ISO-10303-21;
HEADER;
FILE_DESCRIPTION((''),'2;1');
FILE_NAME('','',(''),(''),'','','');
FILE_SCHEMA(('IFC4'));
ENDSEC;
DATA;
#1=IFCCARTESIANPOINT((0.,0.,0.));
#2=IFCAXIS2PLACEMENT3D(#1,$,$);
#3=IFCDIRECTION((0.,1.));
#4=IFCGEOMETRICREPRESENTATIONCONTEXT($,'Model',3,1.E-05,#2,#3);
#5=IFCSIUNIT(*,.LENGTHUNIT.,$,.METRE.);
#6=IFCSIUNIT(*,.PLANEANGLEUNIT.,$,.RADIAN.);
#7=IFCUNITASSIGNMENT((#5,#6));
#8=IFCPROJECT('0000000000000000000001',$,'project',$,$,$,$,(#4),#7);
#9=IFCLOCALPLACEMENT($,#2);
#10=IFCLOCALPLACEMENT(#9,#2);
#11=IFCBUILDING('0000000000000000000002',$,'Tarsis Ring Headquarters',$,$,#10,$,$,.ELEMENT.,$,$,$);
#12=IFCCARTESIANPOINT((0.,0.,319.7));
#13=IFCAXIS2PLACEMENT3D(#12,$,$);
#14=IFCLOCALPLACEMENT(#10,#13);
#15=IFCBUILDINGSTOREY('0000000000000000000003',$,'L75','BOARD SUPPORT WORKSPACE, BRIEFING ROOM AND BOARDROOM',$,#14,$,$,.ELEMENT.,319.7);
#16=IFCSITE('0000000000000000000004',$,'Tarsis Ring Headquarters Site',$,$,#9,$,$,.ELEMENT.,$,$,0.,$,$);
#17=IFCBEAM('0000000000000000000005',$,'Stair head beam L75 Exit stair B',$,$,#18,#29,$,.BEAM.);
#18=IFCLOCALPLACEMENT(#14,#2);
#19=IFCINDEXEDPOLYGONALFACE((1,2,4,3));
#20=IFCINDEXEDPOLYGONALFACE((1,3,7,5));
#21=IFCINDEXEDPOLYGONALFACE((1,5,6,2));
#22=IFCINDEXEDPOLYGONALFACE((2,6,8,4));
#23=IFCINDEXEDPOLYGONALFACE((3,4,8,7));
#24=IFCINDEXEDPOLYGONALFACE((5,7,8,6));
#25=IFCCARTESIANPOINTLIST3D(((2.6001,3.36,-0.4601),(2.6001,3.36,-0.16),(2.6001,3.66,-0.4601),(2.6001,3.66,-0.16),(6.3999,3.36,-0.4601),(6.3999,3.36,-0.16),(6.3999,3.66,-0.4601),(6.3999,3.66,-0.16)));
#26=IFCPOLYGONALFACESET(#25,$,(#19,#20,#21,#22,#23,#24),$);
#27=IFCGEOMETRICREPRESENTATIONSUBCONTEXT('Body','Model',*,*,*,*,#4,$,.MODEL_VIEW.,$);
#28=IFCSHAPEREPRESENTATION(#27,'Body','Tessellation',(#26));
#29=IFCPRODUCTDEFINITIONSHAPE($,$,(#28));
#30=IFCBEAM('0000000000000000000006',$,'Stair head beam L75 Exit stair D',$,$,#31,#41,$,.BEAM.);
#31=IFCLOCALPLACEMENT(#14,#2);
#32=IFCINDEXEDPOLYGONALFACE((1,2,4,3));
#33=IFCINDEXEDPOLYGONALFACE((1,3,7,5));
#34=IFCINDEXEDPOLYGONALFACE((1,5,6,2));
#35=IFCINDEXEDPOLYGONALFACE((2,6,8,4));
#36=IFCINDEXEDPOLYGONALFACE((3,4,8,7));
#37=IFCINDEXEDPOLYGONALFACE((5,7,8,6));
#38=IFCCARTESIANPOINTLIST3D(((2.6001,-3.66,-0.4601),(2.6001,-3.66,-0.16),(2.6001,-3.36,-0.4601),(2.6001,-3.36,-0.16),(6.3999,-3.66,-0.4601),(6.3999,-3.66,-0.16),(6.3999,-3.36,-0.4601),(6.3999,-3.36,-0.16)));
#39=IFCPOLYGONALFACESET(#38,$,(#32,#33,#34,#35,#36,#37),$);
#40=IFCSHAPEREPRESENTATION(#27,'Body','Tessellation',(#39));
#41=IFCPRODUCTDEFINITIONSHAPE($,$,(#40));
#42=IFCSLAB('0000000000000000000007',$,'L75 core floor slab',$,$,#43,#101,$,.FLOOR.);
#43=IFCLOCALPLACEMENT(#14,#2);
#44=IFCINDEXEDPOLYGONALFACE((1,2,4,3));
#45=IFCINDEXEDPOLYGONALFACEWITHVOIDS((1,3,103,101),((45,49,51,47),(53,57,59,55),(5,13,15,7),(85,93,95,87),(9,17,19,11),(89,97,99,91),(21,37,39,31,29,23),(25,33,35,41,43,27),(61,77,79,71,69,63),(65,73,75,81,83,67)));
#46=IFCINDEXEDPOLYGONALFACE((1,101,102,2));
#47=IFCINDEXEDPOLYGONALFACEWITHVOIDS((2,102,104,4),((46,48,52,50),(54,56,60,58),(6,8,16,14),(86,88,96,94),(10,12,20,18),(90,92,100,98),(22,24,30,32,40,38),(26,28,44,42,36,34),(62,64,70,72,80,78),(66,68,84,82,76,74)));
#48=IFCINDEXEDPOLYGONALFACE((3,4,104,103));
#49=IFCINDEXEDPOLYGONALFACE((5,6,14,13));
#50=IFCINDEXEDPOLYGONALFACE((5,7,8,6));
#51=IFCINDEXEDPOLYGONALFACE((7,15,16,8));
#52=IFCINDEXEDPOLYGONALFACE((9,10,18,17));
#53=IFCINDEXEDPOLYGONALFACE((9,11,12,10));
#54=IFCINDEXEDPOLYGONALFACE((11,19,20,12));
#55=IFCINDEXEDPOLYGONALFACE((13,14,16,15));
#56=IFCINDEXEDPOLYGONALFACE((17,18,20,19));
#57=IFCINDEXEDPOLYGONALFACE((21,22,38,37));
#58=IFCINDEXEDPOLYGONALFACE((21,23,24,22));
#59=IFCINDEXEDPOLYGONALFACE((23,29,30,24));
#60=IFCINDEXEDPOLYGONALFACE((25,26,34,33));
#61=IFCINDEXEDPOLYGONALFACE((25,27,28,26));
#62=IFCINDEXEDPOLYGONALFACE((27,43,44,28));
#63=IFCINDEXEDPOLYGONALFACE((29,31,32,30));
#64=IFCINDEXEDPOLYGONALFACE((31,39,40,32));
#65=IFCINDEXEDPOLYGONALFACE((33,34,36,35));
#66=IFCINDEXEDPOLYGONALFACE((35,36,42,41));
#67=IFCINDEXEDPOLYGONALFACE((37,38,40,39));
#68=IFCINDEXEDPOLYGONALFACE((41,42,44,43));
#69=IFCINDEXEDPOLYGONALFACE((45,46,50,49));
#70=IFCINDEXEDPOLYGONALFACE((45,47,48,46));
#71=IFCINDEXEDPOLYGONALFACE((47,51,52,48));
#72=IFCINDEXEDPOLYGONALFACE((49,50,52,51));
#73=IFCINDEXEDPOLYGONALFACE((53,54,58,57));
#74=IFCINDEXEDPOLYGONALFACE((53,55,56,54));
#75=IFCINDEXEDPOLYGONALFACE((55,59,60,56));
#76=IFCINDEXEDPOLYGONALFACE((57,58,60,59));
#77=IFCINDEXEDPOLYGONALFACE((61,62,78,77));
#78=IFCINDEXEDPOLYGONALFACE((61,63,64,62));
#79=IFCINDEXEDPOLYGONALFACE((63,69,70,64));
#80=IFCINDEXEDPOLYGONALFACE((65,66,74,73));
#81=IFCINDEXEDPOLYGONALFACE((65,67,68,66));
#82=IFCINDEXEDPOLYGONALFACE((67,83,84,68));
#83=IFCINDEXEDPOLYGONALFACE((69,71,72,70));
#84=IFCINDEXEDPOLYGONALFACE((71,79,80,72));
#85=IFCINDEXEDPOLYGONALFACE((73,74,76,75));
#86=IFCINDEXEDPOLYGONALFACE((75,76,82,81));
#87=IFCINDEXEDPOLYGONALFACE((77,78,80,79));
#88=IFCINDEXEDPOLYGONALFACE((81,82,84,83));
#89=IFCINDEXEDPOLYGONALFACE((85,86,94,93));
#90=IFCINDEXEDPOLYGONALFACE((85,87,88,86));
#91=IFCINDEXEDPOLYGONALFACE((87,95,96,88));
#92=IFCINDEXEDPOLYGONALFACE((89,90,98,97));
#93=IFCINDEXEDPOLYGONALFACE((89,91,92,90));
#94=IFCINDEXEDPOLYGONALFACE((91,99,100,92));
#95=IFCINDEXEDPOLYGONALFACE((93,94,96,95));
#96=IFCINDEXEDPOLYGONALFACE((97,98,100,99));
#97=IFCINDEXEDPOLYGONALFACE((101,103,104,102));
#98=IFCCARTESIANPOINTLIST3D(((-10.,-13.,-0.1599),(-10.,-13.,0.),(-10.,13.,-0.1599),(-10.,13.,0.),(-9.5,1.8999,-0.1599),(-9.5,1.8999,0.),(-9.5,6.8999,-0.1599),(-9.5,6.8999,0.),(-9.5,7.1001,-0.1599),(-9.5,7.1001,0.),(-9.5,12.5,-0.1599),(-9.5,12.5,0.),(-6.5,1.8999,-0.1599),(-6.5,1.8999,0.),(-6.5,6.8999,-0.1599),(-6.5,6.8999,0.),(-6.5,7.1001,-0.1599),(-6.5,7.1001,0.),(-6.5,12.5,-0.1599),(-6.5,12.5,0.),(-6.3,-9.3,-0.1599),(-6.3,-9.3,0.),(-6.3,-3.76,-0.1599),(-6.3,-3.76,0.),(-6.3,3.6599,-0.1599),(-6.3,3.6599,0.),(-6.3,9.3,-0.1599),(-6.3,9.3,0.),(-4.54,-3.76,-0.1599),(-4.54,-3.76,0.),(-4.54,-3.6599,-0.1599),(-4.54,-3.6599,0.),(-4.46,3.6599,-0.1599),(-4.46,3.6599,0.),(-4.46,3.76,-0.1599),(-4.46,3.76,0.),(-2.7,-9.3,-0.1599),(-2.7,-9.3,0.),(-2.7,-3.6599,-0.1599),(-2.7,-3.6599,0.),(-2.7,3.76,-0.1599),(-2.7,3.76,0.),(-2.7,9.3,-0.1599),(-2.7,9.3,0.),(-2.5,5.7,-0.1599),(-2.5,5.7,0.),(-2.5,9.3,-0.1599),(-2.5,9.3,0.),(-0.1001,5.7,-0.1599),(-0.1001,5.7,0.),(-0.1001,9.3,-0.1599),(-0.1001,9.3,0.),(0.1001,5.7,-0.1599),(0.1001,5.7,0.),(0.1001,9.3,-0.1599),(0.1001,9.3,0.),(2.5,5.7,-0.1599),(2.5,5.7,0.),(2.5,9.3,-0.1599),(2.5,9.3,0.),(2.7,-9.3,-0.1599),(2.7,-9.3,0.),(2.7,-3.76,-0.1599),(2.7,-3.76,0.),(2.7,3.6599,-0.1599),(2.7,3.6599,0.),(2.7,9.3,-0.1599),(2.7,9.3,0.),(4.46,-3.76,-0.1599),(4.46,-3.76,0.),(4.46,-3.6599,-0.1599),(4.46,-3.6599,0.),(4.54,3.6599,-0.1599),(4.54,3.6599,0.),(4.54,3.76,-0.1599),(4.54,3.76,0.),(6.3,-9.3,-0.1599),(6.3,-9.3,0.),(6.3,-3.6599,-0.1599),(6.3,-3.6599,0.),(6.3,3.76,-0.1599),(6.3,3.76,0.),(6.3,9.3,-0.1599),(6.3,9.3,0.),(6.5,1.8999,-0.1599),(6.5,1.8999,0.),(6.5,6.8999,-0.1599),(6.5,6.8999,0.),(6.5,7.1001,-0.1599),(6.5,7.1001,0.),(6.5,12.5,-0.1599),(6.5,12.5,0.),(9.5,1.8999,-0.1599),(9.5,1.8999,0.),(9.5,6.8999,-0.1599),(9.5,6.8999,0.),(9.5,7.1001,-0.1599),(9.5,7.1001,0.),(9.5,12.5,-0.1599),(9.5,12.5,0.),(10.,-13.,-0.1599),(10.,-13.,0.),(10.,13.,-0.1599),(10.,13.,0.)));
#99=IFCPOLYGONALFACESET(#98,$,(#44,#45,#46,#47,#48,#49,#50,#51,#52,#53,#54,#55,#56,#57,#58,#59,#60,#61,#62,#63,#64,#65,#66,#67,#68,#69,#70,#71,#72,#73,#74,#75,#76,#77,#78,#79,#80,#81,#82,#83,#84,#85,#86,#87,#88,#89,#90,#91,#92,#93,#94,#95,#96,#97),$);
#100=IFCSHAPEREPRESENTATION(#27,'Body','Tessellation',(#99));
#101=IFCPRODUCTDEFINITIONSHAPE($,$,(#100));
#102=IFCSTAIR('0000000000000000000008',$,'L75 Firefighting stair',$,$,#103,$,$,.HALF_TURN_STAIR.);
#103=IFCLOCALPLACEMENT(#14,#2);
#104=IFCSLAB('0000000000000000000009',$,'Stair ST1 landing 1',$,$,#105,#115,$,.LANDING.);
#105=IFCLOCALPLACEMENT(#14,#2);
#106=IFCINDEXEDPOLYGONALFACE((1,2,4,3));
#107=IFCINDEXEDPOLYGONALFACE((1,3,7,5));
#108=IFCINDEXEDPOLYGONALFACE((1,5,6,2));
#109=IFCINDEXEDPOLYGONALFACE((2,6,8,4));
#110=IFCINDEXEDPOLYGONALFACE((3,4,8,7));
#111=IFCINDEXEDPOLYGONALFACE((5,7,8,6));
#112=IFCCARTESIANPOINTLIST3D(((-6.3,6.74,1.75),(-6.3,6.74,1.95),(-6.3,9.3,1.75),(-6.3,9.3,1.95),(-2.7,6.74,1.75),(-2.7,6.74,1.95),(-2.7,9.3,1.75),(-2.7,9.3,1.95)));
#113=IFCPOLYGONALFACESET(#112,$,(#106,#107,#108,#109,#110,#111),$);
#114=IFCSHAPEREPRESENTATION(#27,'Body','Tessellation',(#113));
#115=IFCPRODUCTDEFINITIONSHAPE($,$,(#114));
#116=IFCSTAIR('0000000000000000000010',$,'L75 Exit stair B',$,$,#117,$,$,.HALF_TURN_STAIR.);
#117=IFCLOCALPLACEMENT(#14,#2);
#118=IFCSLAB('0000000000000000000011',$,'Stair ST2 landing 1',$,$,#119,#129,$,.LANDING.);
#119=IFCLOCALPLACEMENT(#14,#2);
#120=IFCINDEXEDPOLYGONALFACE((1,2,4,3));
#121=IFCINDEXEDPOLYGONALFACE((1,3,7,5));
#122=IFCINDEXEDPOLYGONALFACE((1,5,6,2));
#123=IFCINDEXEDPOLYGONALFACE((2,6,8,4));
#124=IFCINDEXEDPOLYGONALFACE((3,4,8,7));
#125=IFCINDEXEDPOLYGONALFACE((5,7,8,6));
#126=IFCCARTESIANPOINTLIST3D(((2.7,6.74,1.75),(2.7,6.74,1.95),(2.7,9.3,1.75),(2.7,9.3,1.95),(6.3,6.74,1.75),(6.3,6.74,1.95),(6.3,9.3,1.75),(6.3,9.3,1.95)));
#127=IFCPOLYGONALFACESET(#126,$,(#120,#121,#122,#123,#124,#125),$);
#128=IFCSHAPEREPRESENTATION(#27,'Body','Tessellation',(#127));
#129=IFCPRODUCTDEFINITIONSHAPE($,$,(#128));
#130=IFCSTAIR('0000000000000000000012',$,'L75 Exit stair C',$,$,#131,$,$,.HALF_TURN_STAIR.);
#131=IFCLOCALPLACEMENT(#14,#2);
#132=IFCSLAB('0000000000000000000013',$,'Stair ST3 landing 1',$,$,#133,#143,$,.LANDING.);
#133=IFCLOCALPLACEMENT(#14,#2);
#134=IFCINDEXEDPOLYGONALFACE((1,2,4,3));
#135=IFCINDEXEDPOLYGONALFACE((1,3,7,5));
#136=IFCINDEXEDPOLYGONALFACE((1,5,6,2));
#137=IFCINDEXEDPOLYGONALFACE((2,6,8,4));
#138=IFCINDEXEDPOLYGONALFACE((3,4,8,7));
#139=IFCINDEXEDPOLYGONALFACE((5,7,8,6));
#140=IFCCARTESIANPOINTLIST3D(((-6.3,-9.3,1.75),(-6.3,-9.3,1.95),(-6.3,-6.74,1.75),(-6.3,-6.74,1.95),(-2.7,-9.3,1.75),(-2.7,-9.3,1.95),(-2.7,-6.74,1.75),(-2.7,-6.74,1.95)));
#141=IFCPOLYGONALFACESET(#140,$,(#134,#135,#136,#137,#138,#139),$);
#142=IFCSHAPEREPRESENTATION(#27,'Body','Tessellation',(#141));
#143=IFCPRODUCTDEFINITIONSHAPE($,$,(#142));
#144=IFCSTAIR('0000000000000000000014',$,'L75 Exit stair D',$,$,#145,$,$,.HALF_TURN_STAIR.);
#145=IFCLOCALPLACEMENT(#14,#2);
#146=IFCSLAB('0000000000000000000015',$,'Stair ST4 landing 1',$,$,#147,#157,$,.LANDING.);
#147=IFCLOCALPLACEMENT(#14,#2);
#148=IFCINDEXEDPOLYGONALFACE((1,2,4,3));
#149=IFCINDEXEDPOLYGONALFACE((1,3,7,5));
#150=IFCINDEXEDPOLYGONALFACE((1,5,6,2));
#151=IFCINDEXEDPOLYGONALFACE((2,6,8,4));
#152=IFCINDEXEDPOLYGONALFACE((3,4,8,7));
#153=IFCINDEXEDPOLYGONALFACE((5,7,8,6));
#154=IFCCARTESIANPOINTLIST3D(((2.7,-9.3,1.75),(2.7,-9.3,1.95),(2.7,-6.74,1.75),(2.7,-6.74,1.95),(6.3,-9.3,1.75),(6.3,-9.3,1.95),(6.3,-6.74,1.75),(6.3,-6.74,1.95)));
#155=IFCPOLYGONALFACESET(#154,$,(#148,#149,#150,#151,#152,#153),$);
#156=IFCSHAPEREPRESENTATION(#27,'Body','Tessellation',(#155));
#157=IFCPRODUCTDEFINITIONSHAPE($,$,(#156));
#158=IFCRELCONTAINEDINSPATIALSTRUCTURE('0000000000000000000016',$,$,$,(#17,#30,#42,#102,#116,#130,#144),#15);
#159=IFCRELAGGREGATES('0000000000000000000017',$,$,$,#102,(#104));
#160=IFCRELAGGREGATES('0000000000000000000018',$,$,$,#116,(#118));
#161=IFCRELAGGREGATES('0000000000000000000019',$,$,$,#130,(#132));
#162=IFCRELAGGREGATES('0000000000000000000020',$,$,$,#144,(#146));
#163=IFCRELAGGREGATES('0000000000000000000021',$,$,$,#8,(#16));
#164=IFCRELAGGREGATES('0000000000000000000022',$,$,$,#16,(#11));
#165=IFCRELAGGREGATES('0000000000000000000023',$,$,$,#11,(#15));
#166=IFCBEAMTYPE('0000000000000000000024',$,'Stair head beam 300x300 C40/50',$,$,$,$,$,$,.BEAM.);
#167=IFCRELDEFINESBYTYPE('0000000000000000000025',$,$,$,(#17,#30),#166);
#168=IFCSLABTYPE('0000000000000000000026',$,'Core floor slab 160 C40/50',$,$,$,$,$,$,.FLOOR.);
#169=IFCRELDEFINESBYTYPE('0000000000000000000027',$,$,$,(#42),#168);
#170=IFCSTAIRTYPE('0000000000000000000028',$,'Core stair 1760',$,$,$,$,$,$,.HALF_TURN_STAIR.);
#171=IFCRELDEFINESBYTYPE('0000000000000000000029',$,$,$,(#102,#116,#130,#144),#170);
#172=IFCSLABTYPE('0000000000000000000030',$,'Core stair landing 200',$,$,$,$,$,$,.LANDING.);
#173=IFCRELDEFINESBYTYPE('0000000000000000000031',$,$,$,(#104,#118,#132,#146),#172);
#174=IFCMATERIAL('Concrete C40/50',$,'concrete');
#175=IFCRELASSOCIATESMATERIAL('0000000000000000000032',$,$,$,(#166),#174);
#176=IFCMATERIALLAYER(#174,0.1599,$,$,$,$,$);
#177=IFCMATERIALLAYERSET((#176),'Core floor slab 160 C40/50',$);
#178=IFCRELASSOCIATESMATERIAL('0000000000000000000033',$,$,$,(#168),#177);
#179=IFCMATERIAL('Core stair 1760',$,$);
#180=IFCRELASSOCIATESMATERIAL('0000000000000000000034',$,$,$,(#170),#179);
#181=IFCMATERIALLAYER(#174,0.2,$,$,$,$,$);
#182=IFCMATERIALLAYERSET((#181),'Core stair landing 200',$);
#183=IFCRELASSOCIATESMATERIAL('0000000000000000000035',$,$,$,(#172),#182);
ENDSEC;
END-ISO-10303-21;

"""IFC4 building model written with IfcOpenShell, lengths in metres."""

from ifc_helpers import new_model, si_unit, direction, frame, origin, origin_2d, place, context, subcontext, project, spatial, polyline, rectangle, outline, extrude, material, layer, layer_set, material_profile, profile_set, type_object, element, aggregate, save


model = new_model("IFC4")

# Units and contexts
model_context = context("Model", 3, precision=1e-05, world=origin(), true_north=direction((0.0, 1.0)))
body_context = subcontext(model_context, "Body", "Model", "MODEL_VIEW")
ifc_project = project(units=[si_unit("LENGTHUNIT", "METRE"), si_unit("PLANEANGLEUNIT", "RADIAN")], contexts=[model_context])

# Site, building, storey
site_placement = place(None, origin())
site = spatial("IfcSite", under=ifc_project, at=site_placement, Name="Tarsis Ring Headquarters Site", CompositionType="ELEMENT", RefElevation=0.0)
building_placement = place(site_placement, origin())
building = spatial("IfcBuilding", under=site, at=building_placement, Name="Tarsis Ring Headquarters", CompositionType="ELEMENT")
storey_placement = place(building_placement, frame((0.0, 0.0, 319.7)))
storey = spatial("IfcBuildingStorey", under=building, at=storey_placement, Name="L75", Description="BOARD SUPPORT WORKSPACE, BRIEFING ROOM AND BOARDROOM", CompositionType="ELEMENT", Elevation=319.7)

# Beams
ifc_material_1 = material(Name="Concrete C40/50", Category="concrete")
ifc_material_profile = material_profile(ifc_material_1, rectangle(XDim=0.3, YDim=0.3, at=origin_2d()), Name="Stair head beam 300x300 C40/50")
ifc_profile_set = profile_set([ifc_material_profile], Name="Concrete C40/50")
beam_type = type_object("IfcBeamType", Name="Stair head beam 300x300 C40/50", PredefinedType="BEAM", material=ifc_profile_set)
for number, where, z_axis, x_axis, name in (
    (1, (2.6001, 3.51, -0.3101), (1.0, 0.0, 0.0), (0.0, 1.0, 0.0), "Stair head beam L75 Exit stair B"),
    (2, (2.6001, -3.51, -0.3101), (1.0, 0.0, 0.0), (0.0, 1.0, 0.0), "Stair head beam L75 Exit stair D"),
):
    element("IfcBeam", number, at=place(storey_placement, frame(where, z_axis=z_axis, x_axis=x_axis)), inside=storey, type_object=beam_type, Name=name, PredefinedType="BEAM", context=body_context, shape_type="SweptSolid", body=[
        extrude(rectangle(XDim=0.3, YDim=0.3, at=origin_2d()), origin(), (0.0, 0.0, 1.0), 3.7998),
    ])

# Slab
ifc_layer_1 = layer(ifc_material_1, 0.1599)
ifc_layer_set_1 = layer_set([ifc_layer_1], Name="Core floor slab 160 C40/50")
slab_type_1 = type_object("IfcSlabType", Name="Core floor slab 160 C40/50", PredefinedType="FLOOR", material=ifc_layer_set_1)
slab_1_placement = place(storey_placement, frame((0.0, 0.0, -0.1599)))
element("IfcSlab", 3, at=slab_1_placement, inside=storey, type_object=slab_type_1, Name="L75 core floor slab", PredefinedType="FLOOR", context=body_context, shape_type="SweptSolid", body=[
    extrude(outline(polyline([(-10.0, -13.0), (10.0, -13.0), (10.0, 13.0), (-10.0, 13.0), (-10.0, -13.0)]), holes=[polyline([(-2.5, 5.7), (-0.1001, 5.7), (-0.1001, 9.3), (-2.5, 9.3), (-2.5, 5.7)]), polyline([(0.1001, 5.7), (2.5, 5.7), (2.5, 9.3), (0.1001, 9.3), (0.1001, 5.7)]), polyline([(-9.5, 1.8999), (-6.5, 1.8999), (-6.5, 6.8999), (-9.5, 6.8999), (-9.5, 1.8999)]), polyline([(-9.5, 7.1001), (-6.5, 7.1001), (-6.5, 12.5), (-9.5, 12.5), (-9.5, 7.1001)]), polyline([(6.5, 1.8999), (9.5, 1.8999), (9.5, 6.8999), (6.5, 6.8999), (6.5, 1.8999)]), polyline([(6.5, 7.1001), (9.5, 7.1001), (9.5, 12.5), (6.5, 12.5), (6.5, 7.1001)]), polyline([(-2.7, 3.76), (-2.7, 9.3), (-6.3, 9.3), (-6.3, 3.6599), (-4.46, 3.6599), (-4.46, 3.76), (-2.7, 3.76)]), polyline([(6.3, 3.76), (6.3, 9.3), (2.7, 9.3), (2.7, 3.6599), (4.54, 3.6599), (4.54, 3.76), (6.3, 3.76)]), polyline([(-6.3, -3.76), (-6.3, -9.3), (-2.7, -9.3), (-2.7, -3.6599), (-4.54, -3.6599), (-4.54, -3.76), (-6.3, -3.76)]), polyline([(2.7, -3.76), (2.7, -9.3), (6.3, -9.3), (6.3, -3.6599), (4.46, -3.6599), (4.46, -3.76), (2.7, -3.76)])]), origin(), (0.0, 0.0, 1.0), 0.1599),
])

# Stairs, slabs
ifc_material_2 = material(Name="Core stair 1760")
stair_type = type_object("IfcStairType", Name="Core stair 1760", PredefinedType="HALF_TURN_STAIR", material=ifc_material_2)
stair_1_placement = place(storey_placement, origin())
stair_1 = element("IfcStair", 4, at=stair_1_placement, inside=storey, type_object=stair_type, Name="L75 Firefighting stair", PredefinedType="HALF_TURN_STAIR")
ifc_layer_2 = layer(ifc_material_1, 0.2)
ifc_layer_set_2 = layer_set([ifc_layer_2], Name="Core stair landing 200")
slab_type_2 = type_object("IfcSlabType", Name="Core stair landing 200", PredefinedType="LANDING", material=ifc_layer_set_2)
slab_2_placement = place(storey_placement, frame((0.0, 0.0, 1.75)))
slab_2 = element("IfcSlab", 5, at=slab_2_placement, type_object=slab_type_2, Name="Stair ST1 landing 1", PredefinedType="LANDING", context=body_context, shape_type="SweptSolid", body=[
    extrude(outline(polyline([(-2.7, 6.74), (-2.7, 9.3), (-6.3, 9.3), (-6.3, 6.74), (-2.7, 6.74)])), origin(), (0.0, 0.0, 1.0), 0.2),
])
aggregate(stair_1, [slab_2])
stair_2_placement = place(storey_placement, origin())
stair_2 = element("IfcStair", 6, at=stair_2_placement, inside=storey, type_object=stair_type, Name="L75 Exit stair B", PredefinedType="HALF_TURN_STAIR")
slab_3_placement = place(storey_placement, frame((0.0, 0.0, 1.75)))
slab_3 = element("IfcSlab", 7, at=slab_3_placement, type_object=slab_type_2, Name="Stair ST2 landing 1", PredefinedType="LANDING", context=body_context, shape_type="SweptSolid", body=[
    extrude(outline(polyline([(6.3, 6.74), (6.3, 9.3), (2.7, 9.3), (2.7, 6.74), (6.3, 6.74)])), origin(), (0.0, 0.0, 1.0), 0.2),
])
aggregate(stair_2, [slab_3])
stair_3_placement = place(storey_placement, origin())
stair_3 = element("IfcStair", 8, at=stair_3_placement, inside=storey, type_object=stair_type, Name="L75 Exit stair C", PredefinedType="HALF_TURN_STAIR")
slab_4_placement = place(storey_placement, frame((0.0, 0.0, 1.75)))
slab_4 = element("IfcSlab", 9, at=slab_4_placement, type_object=slab_type_2, Name="Stair ST3 landing 1", PredefinedType="LANDING", context=body_context, shape_type="SweptSolid", body=[
    extrude(outline(polyline([(-6.3, -6.74), (-6.3, -9.3), (-2.7, -9.3), (-2.7, -6.74), (-6.3, -6.74)])), origin(), (0.0, 0.0, 1.0), 0.2),
])
aggregate(stair_3, [slab_4])
stair_4_placement = place(storey_placement, origin())
stair_4 = element("IfcStair", 10, at=stair_4_placement, inside=storey, type_object=stair_type, Name="L75 Exit stair D", PredefinedType="HALF_TURN_STAIR")
slab_5_placement = place(storey_placement, frame((0.0, 0.0, 1.75)))
slab_5 = element("IfcSlab", 11, at=slab_5_placement, type_object=slab_type_2, Name="Stair ST4 landing 1", PredefinedType="LANDING", context=body_context, shape_type="SweptSolid", body=[
    extrude(outline(polyline([(2.7, -6.74), (2.7, -9.3), (6.3, -9.3), (6.3, -6.74), (2.7, -6.74)])), origin(), (0.0, 0.0, 1.0), 0.2),
])
aggregate(stair_4, [slab_5])

save(model, "model.ifc")
